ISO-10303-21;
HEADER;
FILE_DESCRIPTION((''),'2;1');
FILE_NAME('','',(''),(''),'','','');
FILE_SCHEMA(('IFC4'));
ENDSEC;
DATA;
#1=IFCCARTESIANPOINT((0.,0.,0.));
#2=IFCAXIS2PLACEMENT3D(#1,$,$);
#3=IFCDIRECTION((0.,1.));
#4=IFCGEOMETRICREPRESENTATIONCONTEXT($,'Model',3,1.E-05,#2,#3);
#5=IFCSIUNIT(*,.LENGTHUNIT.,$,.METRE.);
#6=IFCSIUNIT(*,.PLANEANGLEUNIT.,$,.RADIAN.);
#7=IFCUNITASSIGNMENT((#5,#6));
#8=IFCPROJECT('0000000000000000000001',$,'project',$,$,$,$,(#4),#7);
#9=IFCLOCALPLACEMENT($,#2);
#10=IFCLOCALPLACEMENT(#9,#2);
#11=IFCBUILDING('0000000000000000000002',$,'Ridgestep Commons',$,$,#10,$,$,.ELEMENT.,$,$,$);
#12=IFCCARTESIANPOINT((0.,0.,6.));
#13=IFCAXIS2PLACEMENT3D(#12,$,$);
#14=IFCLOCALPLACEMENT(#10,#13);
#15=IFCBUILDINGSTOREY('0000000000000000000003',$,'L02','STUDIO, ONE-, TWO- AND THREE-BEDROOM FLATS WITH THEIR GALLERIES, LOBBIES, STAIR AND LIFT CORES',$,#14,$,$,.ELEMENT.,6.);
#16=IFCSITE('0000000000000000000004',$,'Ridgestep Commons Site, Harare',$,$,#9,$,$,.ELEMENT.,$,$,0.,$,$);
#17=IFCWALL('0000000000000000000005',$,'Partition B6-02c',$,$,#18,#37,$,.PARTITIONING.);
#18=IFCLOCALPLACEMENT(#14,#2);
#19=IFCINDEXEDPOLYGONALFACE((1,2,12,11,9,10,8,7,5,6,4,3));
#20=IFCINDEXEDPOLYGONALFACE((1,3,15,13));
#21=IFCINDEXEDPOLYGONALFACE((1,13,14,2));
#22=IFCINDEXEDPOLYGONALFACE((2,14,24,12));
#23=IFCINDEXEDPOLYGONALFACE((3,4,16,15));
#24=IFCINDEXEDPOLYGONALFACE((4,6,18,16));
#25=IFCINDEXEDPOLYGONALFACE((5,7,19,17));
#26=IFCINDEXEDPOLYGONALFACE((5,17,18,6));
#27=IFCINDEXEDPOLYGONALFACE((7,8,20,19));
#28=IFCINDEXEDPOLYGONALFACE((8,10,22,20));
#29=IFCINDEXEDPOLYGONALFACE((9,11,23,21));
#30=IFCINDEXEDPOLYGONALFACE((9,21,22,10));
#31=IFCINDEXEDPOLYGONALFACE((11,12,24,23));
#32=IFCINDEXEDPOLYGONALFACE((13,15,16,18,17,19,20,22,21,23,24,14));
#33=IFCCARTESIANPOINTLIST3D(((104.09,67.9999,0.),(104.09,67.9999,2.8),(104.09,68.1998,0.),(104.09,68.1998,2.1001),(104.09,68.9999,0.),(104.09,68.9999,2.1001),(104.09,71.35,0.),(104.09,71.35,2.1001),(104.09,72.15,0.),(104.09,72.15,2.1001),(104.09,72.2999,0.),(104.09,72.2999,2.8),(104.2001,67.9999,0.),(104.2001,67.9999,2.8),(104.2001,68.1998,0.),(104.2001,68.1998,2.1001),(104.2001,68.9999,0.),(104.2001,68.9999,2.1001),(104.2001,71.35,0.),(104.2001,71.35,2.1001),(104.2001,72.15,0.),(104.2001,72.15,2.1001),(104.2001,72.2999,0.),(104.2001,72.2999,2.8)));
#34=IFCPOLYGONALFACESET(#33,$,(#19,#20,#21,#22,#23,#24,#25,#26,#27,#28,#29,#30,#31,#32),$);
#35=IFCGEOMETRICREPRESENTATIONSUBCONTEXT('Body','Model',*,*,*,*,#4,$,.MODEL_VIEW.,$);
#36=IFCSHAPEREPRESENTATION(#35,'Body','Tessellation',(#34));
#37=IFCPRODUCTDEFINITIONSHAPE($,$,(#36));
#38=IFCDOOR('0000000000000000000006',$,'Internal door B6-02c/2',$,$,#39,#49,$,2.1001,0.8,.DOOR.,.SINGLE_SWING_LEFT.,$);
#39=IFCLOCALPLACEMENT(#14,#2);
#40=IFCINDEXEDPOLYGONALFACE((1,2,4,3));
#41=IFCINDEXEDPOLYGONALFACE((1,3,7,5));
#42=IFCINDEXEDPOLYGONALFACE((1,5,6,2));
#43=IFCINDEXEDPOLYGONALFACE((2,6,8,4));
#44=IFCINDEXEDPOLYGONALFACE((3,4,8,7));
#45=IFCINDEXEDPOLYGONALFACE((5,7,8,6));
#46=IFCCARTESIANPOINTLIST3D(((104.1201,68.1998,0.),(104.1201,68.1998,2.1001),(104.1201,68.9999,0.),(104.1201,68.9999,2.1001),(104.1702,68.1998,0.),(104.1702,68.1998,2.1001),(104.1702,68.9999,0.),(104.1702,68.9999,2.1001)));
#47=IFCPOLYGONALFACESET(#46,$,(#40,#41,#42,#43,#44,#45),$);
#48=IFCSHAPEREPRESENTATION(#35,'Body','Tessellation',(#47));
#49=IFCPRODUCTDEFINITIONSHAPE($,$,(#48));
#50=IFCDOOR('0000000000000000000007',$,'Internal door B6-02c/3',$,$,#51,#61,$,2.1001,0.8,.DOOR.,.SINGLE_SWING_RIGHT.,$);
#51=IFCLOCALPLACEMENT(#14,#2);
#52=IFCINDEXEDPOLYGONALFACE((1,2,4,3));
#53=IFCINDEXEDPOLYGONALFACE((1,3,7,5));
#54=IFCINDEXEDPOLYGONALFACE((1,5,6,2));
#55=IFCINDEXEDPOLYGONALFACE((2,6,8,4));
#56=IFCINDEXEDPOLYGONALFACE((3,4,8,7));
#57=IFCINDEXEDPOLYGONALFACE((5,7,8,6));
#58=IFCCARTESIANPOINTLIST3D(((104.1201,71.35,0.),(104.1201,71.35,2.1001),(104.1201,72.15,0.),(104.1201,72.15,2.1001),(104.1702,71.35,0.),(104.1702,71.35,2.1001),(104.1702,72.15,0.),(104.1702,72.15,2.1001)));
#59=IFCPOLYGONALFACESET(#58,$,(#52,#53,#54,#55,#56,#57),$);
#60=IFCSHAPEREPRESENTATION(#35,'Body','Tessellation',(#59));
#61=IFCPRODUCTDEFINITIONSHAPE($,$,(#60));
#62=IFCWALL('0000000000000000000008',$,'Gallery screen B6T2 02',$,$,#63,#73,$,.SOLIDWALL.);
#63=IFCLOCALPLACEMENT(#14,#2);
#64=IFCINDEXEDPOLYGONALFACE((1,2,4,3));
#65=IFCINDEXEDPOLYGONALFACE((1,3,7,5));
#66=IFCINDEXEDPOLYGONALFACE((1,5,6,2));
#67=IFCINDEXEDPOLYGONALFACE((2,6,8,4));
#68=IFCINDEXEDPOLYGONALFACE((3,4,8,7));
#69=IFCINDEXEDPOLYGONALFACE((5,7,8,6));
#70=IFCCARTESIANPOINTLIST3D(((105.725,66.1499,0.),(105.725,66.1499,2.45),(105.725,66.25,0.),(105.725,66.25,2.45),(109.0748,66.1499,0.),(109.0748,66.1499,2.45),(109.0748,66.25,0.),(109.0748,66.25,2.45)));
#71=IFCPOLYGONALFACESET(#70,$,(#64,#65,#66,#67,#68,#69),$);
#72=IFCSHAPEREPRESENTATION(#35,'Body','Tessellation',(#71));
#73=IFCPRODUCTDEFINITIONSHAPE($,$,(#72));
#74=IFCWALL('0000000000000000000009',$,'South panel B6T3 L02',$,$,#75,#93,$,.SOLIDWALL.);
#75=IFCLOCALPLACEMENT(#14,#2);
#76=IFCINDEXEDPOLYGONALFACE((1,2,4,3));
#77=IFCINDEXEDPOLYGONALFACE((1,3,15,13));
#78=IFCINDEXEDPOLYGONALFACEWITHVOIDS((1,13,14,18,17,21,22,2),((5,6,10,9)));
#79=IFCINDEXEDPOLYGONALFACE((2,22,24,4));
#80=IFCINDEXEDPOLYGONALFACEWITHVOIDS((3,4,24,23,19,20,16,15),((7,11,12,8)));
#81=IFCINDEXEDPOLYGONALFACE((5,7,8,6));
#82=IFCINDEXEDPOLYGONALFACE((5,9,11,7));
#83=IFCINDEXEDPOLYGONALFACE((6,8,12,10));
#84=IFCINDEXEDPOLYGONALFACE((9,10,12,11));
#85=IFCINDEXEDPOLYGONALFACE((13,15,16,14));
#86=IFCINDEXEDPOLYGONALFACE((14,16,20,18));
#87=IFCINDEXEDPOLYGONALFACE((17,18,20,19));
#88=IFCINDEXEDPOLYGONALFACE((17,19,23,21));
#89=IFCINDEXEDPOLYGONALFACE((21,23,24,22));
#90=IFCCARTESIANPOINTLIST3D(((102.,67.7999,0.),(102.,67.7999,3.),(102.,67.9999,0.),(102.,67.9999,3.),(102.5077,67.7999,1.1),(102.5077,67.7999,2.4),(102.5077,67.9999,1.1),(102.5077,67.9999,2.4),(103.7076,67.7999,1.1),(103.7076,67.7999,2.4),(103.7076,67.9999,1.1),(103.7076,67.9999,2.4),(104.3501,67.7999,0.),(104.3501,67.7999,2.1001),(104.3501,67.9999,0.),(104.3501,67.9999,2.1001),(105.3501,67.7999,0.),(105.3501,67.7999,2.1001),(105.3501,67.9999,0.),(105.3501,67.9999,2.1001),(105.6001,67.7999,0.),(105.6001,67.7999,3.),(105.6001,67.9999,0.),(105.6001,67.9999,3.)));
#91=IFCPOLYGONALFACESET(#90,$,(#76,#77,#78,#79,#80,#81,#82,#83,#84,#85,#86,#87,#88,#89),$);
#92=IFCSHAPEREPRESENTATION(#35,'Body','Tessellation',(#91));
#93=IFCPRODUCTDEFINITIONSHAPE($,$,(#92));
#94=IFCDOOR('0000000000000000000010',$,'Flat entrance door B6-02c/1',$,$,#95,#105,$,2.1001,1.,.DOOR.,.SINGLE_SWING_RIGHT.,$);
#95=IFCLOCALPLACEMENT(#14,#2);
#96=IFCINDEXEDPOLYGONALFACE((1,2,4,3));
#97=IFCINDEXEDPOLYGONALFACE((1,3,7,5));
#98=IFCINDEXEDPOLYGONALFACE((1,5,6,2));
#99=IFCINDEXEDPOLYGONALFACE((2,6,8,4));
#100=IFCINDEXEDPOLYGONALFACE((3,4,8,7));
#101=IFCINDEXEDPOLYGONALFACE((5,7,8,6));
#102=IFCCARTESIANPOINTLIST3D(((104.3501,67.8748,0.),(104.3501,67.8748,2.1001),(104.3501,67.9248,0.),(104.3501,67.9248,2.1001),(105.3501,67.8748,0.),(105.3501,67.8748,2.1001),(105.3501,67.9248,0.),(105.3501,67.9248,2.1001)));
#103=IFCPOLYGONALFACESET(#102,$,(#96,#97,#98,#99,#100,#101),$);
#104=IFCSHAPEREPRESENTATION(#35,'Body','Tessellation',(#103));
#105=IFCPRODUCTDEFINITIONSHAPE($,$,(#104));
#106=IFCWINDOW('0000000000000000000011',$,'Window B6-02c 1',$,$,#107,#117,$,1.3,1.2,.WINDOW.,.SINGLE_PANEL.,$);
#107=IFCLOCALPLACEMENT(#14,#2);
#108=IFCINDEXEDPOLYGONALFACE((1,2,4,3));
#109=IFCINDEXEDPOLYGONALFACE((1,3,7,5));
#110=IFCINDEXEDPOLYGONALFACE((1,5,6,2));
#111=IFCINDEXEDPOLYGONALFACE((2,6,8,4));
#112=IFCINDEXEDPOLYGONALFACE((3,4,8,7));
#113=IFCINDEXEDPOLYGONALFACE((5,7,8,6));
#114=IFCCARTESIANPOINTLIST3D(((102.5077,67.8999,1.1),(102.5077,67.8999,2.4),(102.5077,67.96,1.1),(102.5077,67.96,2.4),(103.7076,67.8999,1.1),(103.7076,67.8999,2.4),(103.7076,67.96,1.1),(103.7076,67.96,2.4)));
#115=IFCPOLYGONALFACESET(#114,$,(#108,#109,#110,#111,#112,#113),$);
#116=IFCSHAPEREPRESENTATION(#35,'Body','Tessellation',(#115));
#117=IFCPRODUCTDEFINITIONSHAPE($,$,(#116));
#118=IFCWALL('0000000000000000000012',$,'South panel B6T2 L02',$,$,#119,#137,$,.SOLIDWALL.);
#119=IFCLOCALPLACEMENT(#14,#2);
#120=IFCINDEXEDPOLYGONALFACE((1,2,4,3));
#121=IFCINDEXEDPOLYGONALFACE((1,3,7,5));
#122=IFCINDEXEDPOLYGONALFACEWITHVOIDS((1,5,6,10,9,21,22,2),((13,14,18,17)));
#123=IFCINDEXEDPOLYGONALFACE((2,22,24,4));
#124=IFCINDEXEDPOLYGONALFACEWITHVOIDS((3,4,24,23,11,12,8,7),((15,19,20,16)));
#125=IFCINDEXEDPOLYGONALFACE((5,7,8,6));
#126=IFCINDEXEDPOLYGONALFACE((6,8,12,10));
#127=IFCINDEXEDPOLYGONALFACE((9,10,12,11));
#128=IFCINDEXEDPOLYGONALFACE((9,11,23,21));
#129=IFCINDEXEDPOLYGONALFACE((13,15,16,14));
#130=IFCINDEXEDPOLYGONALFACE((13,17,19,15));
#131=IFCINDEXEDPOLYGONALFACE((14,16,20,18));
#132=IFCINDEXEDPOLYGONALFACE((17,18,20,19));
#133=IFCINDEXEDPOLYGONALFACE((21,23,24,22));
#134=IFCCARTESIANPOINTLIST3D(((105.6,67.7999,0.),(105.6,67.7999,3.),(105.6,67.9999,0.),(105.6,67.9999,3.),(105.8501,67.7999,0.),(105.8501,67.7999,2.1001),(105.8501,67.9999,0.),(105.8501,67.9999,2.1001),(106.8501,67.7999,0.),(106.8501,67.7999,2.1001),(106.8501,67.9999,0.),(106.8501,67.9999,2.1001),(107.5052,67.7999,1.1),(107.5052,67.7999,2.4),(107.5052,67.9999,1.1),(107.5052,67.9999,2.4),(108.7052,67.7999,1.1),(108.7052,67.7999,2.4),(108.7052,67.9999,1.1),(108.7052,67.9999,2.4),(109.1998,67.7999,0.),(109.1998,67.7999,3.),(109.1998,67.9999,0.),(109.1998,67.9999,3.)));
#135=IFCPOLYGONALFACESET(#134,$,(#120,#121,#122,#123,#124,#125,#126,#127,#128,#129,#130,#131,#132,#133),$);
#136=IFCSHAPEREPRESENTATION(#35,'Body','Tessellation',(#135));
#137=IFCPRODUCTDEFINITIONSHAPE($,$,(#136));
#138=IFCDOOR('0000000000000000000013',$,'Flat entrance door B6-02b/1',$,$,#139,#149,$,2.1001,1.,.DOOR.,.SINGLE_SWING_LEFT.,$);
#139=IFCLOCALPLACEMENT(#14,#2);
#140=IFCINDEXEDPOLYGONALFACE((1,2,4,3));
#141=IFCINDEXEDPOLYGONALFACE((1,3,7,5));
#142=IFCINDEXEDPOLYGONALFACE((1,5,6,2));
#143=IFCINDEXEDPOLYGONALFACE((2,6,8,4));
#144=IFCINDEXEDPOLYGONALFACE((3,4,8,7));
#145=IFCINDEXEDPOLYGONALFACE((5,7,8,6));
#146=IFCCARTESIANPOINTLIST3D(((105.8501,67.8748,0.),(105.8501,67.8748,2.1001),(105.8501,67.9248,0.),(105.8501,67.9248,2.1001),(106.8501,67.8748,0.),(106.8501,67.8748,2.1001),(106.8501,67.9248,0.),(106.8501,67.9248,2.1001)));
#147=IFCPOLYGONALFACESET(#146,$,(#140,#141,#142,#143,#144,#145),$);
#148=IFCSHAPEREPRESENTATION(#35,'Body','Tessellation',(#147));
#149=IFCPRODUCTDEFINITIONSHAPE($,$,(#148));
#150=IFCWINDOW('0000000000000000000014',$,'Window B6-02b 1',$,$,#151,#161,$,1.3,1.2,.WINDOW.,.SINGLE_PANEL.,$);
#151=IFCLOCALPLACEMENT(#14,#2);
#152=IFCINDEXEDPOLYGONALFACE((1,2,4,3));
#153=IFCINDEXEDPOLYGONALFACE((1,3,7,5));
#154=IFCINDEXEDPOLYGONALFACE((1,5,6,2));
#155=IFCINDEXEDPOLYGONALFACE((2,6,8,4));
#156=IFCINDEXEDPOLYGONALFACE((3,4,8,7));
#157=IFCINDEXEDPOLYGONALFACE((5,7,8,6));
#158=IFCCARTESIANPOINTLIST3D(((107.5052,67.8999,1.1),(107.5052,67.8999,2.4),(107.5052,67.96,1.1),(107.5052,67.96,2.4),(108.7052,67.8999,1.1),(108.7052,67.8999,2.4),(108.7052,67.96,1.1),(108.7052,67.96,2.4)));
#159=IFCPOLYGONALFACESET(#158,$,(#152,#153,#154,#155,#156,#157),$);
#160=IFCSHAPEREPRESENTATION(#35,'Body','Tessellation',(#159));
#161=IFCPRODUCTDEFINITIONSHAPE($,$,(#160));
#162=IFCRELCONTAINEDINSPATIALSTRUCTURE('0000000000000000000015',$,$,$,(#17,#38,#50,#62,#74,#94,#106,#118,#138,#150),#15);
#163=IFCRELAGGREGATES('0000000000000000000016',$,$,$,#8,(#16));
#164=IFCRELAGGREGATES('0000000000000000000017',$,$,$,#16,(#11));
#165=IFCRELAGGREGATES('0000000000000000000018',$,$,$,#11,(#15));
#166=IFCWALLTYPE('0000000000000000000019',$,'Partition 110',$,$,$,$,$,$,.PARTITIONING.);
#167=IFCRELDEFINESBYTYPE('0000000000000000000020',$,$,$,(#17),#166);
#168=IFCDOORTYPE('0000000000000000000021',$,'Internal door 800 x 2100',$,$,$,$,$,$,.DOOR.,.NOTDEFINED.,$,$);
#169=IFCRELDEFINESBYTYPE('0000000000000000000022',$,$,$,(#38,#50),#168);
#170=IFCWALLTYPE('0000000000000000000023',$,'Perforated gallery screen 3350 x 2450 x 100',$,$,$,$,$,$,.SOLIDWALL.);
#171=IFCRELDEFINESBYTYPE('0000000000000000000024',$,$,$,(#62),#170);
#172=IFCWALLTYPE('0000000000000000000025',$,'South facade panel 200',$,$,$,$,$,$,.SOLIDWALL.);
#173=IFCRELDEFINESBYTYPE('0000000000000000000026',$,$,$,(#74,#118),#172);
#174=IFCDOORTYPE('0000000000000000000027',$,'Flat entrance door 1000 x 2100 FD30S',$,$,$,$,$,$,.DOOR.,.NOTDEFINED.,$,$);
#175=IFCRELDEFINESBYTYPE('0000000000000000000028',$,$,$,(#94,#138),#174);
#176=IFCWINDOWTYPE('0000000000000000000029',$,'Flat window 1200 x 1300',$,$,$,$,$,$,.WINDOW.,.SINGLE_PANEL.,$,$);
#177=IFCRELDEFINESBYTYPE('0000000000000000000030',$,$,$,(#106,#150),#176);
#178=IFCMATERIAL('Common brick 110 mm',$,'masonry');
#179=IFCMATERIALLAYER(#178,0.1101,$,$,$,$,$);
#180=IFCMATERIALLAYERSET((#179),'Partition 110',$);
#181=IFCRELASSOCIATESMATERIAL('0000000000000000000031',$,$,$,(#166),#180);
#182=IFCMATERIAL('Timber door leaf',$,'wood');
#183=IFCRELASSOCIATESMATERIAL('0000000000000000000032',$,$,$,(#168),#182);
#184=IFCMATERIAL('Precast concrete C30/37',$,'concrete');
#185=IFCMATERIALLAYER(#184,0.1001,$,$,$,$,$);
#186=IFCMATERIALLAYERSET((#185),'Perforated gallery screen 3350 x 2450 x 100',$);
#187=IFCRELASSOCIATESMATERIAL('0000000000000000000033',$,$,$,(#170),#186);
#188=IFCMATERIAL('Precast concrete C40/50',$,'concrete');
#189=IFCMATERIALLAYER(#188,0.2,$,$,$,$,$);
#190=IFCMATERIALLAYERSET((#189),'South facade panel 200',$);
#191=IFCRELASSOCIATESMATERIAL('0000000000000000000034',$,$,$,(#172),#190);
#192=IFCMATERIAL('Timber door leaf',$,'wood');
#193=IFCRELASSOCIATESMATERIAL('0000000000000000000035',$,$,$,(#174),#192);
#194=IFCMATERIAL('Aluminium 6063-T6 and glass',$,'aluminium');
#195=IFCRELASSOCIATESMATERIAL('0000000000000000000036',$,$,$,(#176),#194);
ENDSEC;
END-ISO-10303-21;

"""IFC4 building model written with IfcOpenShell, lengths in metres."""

from ifc_helpers import new_model, si_unit, direction, frame, frame_2d, origin, place, context, subcontext, project, spatial, rectangle, extrude, material, layer, layer_set, type_object, element, fill, save


model = new_model("IFC4")

# Units and contexts
model_context = context("Model", 3, precision=1e-05, world=origin(), true_north=direction((0.0, 1.0)))
body_context = subcontext(model_context, "Body", "Model", "MODEL_VIEW")
ifc_project = project(units=[si_unit("LENGTHUNIT", "METRE"), si_unit("PLANEANGLEUNIT", "RADIAN")], contexts=[model_context])

# Site, building, storey
site_placement = place(None, origin())
site = spatial("IfcSite", under=ifc_project, at=site_placement, Name="Ridgestep Commons Site, Harare", CompositionType="ELEMENT", RefElevation=0.0)
building_placement = place(site_placement, origin())
building = spatial("IfcBuilding", under=site, at=building_placement, Name="Ridgestep Commons", CompositionType="ELEMENT")
storey_placement = place(building_placement, frame((0.0, 0.0, 6.0)))
storey = spatial("IfcBuildingStorey", under=building, at=storey_placement, Name="L02", Description="STUDIO, ONE-, TWO- AND THREE-BEDROOM FLATS WITH THEIR GALLERIES, LOBBIES, STAIR AND LIFT CORES", CompositionType="ELEMENT", Elevation=6.0)

# Shared definitions
ifc_material_1 = material(Name="Common brick 110 mm", Category="masonry")
ifc_layer_1 = layer(ifc_material_1, 0.1101)
ifc_layer_set_1 = layer_set([ifc_layer_1], Name="Partition 110")
wall_type_1 = type_object("IfcWallType", Name="Partition 110", PredefinedType="PARTITIONING", material=ifc_layer_set_1)
ifc_material_2 = material(Name="Timber door leaf", Category="wood")
door_type_1 = type_object("IfcDoorType", Name="Internal door 800 x 2100", OperationType="NOTDEFINED", PredefinedType="DOOR", material=ifc_material_2)

# Wall, openings, doors
wall_1_placement = place(storey_placement, frame((104.145, 68.0, 0.0), z_axis=(0.0, 0.0, 1.0), x_axis=(0.0, 1.0, 0.0)))
wall_1 = element("IfcWall", 1, at=wall_1_placement, inside=storey, type_object=wall_type_1, Name="Partition B6-02c", PredefinedType="PARTITIONING", context=body_context, shape_type="SweptSolid", body=[
    extrude(rectangle(XDim=4.3, YDim=0.1101, at=frame_2d((2.1499, 0.0))), origin(), (0.0, 0.0, 1.0), 2.8),
])
opening_1_placement = place(wall_1_placement, frame((0.2, 0.0, 0.0)))
opening_1 = element("IfcOpeningElement", 2, at=opening_1_placement, cuts=wall_1, PredefinedType="OPENING", context=body_context, shape_type="SweptSolid", body=[
    extrude(rectangle(XDim=0.8, YDim=2.1001, at=frame_2d((0.3999, 1.05))), frame((0.0, 0.0649, 0.0), z_axis=(0.0, -1.0, 0.0), x_axis=(1.0, 0.0, 0.0)), (0.0, 0.0, 1.0), 0.1301),
])
opening_2_placement = place(wall_1_placement, frame((3.3501, 0.0, 0.0)))
opening_2 = element("IfcOpeningElement", 3, at=opening_2_placement, cuts=wall_1, PredefinedType="OPENING", context=body_context, shape_type="SweptSolid", body=[
    extrude(rectangle(XDim=0.8, YDim=2.1001, at=frame_2d((0.3999, 1.05))), frame((0.0, 0.0649, 0.0), z_axis=(0.0, -1.0, 0.0), x_axis=(1.0, 0.0, 0.0)), (0.0, 0.0, 1.0), 0.1301),
])
door_1_placement = place(opening_1_placement, origin())
door_1 = element("IfcDoor", 4, at=door_1_placement, inside=storey, type_object=door_type_1, Name="Internal door B6-02c/2", OperationType="SINGLE_SWING_LEFT", OverallHeight=2.1001, OverallWidth=0.8, PredefinedType="DOOR", context=body_context, shape_type="SweptSolid", body=[
    extrude(rectangle(XDim=0.8, YDim=2.1001, at=frame_2d((0.3999, 1.05))), frame((0.0, 0.0249, 0.0), z_axis=(0.0, -1.0, 0.0), x_axis=(1.0, 0.0, 0.0)), (0.0, 0.0, 1.0), 0.05),
])
fill(opening_1, door_1)
door_2_placement = place(opening_2_placement, origin())
door_2 = element("IfcDoor", 5, at=door_2_placement, inside=storey, type_object=door_type_1, Name="Internal door B6-02c/3", OperationType="SINGLE_SWING_RIGHT", OverallHeight=2.1001, OverallWidth=0.8, PredefinedType="DOOR", context=body_context, shape_type="SweptSolid", body=[
    extrude(rectangle(XDim=0.8, YDim=2.1001, at=frame_2d((0.3999, 1.05))), frame((0.0, 0.0249, 0.0), z_axis=(0.0, -1.0, 0.0), x_axis=(1.0, 0.0, 0.0)), (0.0, 0.0, 1.0), 0.05),
])
fill(opening_2, door_2)

# Wall
ifc_material_3 = material(Name="Precast concrete C30/37", Category="concrete")
ifc_layer_2 = layer(ifc_material_3, 0.1001)
ifc_layer_set_2 = layer_set([ifc_layer_2], Name="Perforated gallery screen 3350 x 2450 x 100")
wall_type_2 = type_object("IfcWallType", Name="Perforated gallery screen 3350 x 2450 x 100", PredefinedType="SOLIDWALL", material=ifc_layer_set_2)
wall_2_placement = place(storey_placement, frame((105.7251, 66.2, 0.0), z_axis=(0.0, 0.0, 1.0), x_axis=(1.0, 0.0, 0.0)))
element("IfcWall", 6, at=wall_2_placement, inside=storey, type_object=wall_type_2, Name="Gallery screen B6T2 02", PredefinedType="SOLIDWALL", context=body_context, shape_type="SweptSolid", body=[
    extrude(rectangle(XDim=3.3499, YDim=0.1001, at=frame_2d((1.6748, 0.0))), origin(), (0.0, 0.0, 1.0), 2.45),
])

# Walls, openings, doors, windows
ifc_material_4 = material(Name="Precast concrete C40/50", Category="concrete")
ifc_layer_3 = layer(ifc_material_4, 0.2)
ifc_layer_set_3 = layer_set([ifc_layer_3], Name="South facade panel 200")
wall_type_3 = type_object("IfcWallType", Name="South facade panel 200", PredefinedType="SOLIDWALL", material=ifc_layer_set_3)
wall_3_placement = place(storey_placement, frame((102.0, 67.8999, 0.0), z_axis=(0.0, 0.0, 1.0), x_axis=(1.0, 0.0, 0.0)))
wall_3 = element("IfcWall", 7, at=wall_3_placement, inside=storey, type_object=wall_type_3, Name="South panel B6T3 L02", PredefinedType="SOLIDWALL", context=body_context, shape_type="SweptSolid", body=[
    extrude(rectangle(XDim=3.6001, YDim=0.2, at=frame_2d((1.8, 0.0))), origin(), (0.0, 0.0, 1.0), 3.0),
])
opening_3_placement = place(wall_3_placement, frame((0.5076, 0.0, 1.1001)))
opening_3 = element("IfcOpeningElement", 8, at=opening_3_placement, cuts=wall_3, PredefinedType="OPENING", context=body_context, shape_type="SweptSolid", body=[
    extrude(rectangle(XDim=1.2, YDim=1.3, at=frame_2d((0.6001, 0.6499))), frame((0.0, 0.1099, 0.0), z_axis=(0.0, -1.0, 0.0), x_axis=(1.0, 0.0, 0.0)), (0.0, 0.0, 1.0), 0.22),
])
opening_4_placement = place(wall_3_placement, frame((2.3501, 0.0, 0.0)))
opening_4 = element("IfcOpeningElement", 9, at=opening_4_placement, cuts=wall_3, PredefinedType="OPENING", context=body_context, shape_type="SweptSolid", body=[
    extrude(rectangle(XDim=1.0, YDim=2.1001, at=frame_2d((0.5, 1.05))), frame((0.0, 0.1099, 0.0), z_axis=(0.0, -1.0, 0.0), x_axis=(1.0, 0.0, 0.0)), (0.0, 0.0, 1.0), 0.22),
])
ifc_material_5 = material(Name="Timber door leaf", Category="wood")
door_type_2 = type_object("IfcDoorType", Name="Flat entrance door 1000 x 2100 FD30S", OperationType="NOTDEFINED", PredefinedType="DOOR", material=ifc_material_5)
door_3_placement = place(opening_4_placement, origin())
door_3 = element("IfcDoor", 10, at=door_3_placement, inside=storey, type_object=door_type_2, Name="Flat entrance door B6-02c/1", OperationType="SINGLE_SWING_RIGHT", OverallHeight=2.1001, OverallWidth=1.0, PredefinedType="DOOR", context=body_context, shape_type="SweptSolid", body=[
    extrude(rectangle(XDim=1.0, YDim=2.1001, at=frame_2d((0.5, 1.05))), frame((0.0, 0.0249, 0.0), z_axis=(0.0, -1.0, 0.0), x_axis=(1.0, 0.0, 0.0)), (0.0, 0.0, 1.0), 0.05),
])
fill(opening_4, door_3)
ifc_material_6 = material(Name="Aluminium 6063-T6 and glass", Category="aluminium")
window_type = type_object("IfcWindowType", Name="Flat window 1200 x 1300", PartitioningType="SINGLE_PANEL", PredefinedType="WINDOW", material=ifc_material_6)
window_1_placement = place(opening_3_placement, origin())
window_1 = element("IfcWindow", 11, at=window_1_placement, inside=storey, type_object=window_type, Name="Window B6-02c 1", OverallHeight=1.3, OverallWidth=1.2, PartitioningType="SINGLE_PANEL", PredefinedType="WINDOW", context=body_context, shape_type="SweptSolid", body=[
    extrude(rectangle(XDim=1.2, YDim=1.3, at=frame_2d((0.6001, 0.6499))), frame((0.0, 0.0601, 0.0), z_axis=(0.0, -1.0, 0.0), x_axis=(1.0, 0.0, 0.0)), (0.0, 0.0, 1.0), 0.0601),
])
fill(opening_3, window_1)
wall_4_placement = place(storey_placement, frame((105.6001, 67.8999, 0.0), z_axis=(0.0, 0.0, 1.0), x_axis=(1.0, 0.0, 0.0)))
wall_4 = element("IfcWall", 12, at=wall_4_placement, inside=storey, type_object=wall_type_3, Name="South panel B6T2 L02", PredefinedType="SOLIDWALL", context=body_context, shape_type="SweptSolid", body=[
    extrude(rectangle(XDim=3.5999, YDim=0.2, at=frame_2d((1.7998, 0.0))), origin(), (0.0, 0.0, 1.0), 3.0),
])
opening_5_placement = place(wall_4_placement, frame((1.905, 0.0, 1.1001)))
opening_5 = element("IfcOpeningElement", 13, at=opening_5_placement, cuts=wall_4, PredefinedType="OPENING", context=body_context, shape_type="SweptSolid", body=[
    extrude(rectangle(XDim=1.2, YDim=1.3, at=frame_2d((0.6001, 0.6499))), frame((0.0, 0.1099, 0.0), z_axis=(0.0, -1.0, 0.0), x_axis=(1.0, 0.0, 0.0)), (0.0, 0.0, 1.0), 0.22),
])
opening_6_placement = place(wall_4_placement, frame((0.25, 0.0, 0.0)))
opening_6 = element("IfcOpeningElement", 14, at=opening_6_placement, cuts=wall_4, PredefinedType="OPENING", context=body_context, shape_type="SweptSolid", body=[
    extrude(rectangle(XDim=1.0, YDim=2.1001, at=frame_2d((0.5, 1.05))), frame((0.0, 0.1099, 0.0), z_axis=(0.0, -1.0, 0.0), x_axis=(1.0, 0.0, 0.0)), (0.0, 0.0, 1.0), 0.22),
])
door_4_placement = place(opening_6_placement, origin())
door_4 = element("IfcDoor", 15, at=door_4_placement, inside=storey, type_object=door_type_2, Name="Flat entrance door B6-02b/1", OperationType="SINGLE_SWING_LEFT", OverallHeight=2.1001, OverallWidth=1.0, PredefinedType="DOOR", context=body_context, shape_type="SweptSolid", body=[
    extrude(rectangle(XDim=1.0, YDim=2.1001, at=frame_2d((0.5, 1.05))), frame((0.0, 0.0249, 0.0), z_axis=(0.0, -1.0, 0.0), x_axis=(1.0, 0.0, 0.0)), (0.0, 0.0, 1.0), 0.05),
])
fill(opening_6, door_4)
window_2_placement = place(opening_5_placement, origin())
window_2 = element("IfcWindow", 16, at=window_2_placement, inside=storey, type_object=window_type, Name="Window B6-02b 1", OverallHeight=1.3, OverallWidth=1.2, PartitioningType="SINGLE_PANEL", PredefinedType="WINDOW", context=body_context, shape_type="SweptSolid", body=[
    extrude(rectangle(XDim=1.2, YDim=1.3, at=frame_2d((0.6001, 0.6499))), frame((0.0, 0.0601, 0.0), z_axis=(0.0, -1.0, 0.0), x_axis=(1.0, 0.0, 0.0)), (0.0, 0.0, 1.0), 0.0601),
])
fill(opening_5, window_2)

save(model, "model.ifc")
